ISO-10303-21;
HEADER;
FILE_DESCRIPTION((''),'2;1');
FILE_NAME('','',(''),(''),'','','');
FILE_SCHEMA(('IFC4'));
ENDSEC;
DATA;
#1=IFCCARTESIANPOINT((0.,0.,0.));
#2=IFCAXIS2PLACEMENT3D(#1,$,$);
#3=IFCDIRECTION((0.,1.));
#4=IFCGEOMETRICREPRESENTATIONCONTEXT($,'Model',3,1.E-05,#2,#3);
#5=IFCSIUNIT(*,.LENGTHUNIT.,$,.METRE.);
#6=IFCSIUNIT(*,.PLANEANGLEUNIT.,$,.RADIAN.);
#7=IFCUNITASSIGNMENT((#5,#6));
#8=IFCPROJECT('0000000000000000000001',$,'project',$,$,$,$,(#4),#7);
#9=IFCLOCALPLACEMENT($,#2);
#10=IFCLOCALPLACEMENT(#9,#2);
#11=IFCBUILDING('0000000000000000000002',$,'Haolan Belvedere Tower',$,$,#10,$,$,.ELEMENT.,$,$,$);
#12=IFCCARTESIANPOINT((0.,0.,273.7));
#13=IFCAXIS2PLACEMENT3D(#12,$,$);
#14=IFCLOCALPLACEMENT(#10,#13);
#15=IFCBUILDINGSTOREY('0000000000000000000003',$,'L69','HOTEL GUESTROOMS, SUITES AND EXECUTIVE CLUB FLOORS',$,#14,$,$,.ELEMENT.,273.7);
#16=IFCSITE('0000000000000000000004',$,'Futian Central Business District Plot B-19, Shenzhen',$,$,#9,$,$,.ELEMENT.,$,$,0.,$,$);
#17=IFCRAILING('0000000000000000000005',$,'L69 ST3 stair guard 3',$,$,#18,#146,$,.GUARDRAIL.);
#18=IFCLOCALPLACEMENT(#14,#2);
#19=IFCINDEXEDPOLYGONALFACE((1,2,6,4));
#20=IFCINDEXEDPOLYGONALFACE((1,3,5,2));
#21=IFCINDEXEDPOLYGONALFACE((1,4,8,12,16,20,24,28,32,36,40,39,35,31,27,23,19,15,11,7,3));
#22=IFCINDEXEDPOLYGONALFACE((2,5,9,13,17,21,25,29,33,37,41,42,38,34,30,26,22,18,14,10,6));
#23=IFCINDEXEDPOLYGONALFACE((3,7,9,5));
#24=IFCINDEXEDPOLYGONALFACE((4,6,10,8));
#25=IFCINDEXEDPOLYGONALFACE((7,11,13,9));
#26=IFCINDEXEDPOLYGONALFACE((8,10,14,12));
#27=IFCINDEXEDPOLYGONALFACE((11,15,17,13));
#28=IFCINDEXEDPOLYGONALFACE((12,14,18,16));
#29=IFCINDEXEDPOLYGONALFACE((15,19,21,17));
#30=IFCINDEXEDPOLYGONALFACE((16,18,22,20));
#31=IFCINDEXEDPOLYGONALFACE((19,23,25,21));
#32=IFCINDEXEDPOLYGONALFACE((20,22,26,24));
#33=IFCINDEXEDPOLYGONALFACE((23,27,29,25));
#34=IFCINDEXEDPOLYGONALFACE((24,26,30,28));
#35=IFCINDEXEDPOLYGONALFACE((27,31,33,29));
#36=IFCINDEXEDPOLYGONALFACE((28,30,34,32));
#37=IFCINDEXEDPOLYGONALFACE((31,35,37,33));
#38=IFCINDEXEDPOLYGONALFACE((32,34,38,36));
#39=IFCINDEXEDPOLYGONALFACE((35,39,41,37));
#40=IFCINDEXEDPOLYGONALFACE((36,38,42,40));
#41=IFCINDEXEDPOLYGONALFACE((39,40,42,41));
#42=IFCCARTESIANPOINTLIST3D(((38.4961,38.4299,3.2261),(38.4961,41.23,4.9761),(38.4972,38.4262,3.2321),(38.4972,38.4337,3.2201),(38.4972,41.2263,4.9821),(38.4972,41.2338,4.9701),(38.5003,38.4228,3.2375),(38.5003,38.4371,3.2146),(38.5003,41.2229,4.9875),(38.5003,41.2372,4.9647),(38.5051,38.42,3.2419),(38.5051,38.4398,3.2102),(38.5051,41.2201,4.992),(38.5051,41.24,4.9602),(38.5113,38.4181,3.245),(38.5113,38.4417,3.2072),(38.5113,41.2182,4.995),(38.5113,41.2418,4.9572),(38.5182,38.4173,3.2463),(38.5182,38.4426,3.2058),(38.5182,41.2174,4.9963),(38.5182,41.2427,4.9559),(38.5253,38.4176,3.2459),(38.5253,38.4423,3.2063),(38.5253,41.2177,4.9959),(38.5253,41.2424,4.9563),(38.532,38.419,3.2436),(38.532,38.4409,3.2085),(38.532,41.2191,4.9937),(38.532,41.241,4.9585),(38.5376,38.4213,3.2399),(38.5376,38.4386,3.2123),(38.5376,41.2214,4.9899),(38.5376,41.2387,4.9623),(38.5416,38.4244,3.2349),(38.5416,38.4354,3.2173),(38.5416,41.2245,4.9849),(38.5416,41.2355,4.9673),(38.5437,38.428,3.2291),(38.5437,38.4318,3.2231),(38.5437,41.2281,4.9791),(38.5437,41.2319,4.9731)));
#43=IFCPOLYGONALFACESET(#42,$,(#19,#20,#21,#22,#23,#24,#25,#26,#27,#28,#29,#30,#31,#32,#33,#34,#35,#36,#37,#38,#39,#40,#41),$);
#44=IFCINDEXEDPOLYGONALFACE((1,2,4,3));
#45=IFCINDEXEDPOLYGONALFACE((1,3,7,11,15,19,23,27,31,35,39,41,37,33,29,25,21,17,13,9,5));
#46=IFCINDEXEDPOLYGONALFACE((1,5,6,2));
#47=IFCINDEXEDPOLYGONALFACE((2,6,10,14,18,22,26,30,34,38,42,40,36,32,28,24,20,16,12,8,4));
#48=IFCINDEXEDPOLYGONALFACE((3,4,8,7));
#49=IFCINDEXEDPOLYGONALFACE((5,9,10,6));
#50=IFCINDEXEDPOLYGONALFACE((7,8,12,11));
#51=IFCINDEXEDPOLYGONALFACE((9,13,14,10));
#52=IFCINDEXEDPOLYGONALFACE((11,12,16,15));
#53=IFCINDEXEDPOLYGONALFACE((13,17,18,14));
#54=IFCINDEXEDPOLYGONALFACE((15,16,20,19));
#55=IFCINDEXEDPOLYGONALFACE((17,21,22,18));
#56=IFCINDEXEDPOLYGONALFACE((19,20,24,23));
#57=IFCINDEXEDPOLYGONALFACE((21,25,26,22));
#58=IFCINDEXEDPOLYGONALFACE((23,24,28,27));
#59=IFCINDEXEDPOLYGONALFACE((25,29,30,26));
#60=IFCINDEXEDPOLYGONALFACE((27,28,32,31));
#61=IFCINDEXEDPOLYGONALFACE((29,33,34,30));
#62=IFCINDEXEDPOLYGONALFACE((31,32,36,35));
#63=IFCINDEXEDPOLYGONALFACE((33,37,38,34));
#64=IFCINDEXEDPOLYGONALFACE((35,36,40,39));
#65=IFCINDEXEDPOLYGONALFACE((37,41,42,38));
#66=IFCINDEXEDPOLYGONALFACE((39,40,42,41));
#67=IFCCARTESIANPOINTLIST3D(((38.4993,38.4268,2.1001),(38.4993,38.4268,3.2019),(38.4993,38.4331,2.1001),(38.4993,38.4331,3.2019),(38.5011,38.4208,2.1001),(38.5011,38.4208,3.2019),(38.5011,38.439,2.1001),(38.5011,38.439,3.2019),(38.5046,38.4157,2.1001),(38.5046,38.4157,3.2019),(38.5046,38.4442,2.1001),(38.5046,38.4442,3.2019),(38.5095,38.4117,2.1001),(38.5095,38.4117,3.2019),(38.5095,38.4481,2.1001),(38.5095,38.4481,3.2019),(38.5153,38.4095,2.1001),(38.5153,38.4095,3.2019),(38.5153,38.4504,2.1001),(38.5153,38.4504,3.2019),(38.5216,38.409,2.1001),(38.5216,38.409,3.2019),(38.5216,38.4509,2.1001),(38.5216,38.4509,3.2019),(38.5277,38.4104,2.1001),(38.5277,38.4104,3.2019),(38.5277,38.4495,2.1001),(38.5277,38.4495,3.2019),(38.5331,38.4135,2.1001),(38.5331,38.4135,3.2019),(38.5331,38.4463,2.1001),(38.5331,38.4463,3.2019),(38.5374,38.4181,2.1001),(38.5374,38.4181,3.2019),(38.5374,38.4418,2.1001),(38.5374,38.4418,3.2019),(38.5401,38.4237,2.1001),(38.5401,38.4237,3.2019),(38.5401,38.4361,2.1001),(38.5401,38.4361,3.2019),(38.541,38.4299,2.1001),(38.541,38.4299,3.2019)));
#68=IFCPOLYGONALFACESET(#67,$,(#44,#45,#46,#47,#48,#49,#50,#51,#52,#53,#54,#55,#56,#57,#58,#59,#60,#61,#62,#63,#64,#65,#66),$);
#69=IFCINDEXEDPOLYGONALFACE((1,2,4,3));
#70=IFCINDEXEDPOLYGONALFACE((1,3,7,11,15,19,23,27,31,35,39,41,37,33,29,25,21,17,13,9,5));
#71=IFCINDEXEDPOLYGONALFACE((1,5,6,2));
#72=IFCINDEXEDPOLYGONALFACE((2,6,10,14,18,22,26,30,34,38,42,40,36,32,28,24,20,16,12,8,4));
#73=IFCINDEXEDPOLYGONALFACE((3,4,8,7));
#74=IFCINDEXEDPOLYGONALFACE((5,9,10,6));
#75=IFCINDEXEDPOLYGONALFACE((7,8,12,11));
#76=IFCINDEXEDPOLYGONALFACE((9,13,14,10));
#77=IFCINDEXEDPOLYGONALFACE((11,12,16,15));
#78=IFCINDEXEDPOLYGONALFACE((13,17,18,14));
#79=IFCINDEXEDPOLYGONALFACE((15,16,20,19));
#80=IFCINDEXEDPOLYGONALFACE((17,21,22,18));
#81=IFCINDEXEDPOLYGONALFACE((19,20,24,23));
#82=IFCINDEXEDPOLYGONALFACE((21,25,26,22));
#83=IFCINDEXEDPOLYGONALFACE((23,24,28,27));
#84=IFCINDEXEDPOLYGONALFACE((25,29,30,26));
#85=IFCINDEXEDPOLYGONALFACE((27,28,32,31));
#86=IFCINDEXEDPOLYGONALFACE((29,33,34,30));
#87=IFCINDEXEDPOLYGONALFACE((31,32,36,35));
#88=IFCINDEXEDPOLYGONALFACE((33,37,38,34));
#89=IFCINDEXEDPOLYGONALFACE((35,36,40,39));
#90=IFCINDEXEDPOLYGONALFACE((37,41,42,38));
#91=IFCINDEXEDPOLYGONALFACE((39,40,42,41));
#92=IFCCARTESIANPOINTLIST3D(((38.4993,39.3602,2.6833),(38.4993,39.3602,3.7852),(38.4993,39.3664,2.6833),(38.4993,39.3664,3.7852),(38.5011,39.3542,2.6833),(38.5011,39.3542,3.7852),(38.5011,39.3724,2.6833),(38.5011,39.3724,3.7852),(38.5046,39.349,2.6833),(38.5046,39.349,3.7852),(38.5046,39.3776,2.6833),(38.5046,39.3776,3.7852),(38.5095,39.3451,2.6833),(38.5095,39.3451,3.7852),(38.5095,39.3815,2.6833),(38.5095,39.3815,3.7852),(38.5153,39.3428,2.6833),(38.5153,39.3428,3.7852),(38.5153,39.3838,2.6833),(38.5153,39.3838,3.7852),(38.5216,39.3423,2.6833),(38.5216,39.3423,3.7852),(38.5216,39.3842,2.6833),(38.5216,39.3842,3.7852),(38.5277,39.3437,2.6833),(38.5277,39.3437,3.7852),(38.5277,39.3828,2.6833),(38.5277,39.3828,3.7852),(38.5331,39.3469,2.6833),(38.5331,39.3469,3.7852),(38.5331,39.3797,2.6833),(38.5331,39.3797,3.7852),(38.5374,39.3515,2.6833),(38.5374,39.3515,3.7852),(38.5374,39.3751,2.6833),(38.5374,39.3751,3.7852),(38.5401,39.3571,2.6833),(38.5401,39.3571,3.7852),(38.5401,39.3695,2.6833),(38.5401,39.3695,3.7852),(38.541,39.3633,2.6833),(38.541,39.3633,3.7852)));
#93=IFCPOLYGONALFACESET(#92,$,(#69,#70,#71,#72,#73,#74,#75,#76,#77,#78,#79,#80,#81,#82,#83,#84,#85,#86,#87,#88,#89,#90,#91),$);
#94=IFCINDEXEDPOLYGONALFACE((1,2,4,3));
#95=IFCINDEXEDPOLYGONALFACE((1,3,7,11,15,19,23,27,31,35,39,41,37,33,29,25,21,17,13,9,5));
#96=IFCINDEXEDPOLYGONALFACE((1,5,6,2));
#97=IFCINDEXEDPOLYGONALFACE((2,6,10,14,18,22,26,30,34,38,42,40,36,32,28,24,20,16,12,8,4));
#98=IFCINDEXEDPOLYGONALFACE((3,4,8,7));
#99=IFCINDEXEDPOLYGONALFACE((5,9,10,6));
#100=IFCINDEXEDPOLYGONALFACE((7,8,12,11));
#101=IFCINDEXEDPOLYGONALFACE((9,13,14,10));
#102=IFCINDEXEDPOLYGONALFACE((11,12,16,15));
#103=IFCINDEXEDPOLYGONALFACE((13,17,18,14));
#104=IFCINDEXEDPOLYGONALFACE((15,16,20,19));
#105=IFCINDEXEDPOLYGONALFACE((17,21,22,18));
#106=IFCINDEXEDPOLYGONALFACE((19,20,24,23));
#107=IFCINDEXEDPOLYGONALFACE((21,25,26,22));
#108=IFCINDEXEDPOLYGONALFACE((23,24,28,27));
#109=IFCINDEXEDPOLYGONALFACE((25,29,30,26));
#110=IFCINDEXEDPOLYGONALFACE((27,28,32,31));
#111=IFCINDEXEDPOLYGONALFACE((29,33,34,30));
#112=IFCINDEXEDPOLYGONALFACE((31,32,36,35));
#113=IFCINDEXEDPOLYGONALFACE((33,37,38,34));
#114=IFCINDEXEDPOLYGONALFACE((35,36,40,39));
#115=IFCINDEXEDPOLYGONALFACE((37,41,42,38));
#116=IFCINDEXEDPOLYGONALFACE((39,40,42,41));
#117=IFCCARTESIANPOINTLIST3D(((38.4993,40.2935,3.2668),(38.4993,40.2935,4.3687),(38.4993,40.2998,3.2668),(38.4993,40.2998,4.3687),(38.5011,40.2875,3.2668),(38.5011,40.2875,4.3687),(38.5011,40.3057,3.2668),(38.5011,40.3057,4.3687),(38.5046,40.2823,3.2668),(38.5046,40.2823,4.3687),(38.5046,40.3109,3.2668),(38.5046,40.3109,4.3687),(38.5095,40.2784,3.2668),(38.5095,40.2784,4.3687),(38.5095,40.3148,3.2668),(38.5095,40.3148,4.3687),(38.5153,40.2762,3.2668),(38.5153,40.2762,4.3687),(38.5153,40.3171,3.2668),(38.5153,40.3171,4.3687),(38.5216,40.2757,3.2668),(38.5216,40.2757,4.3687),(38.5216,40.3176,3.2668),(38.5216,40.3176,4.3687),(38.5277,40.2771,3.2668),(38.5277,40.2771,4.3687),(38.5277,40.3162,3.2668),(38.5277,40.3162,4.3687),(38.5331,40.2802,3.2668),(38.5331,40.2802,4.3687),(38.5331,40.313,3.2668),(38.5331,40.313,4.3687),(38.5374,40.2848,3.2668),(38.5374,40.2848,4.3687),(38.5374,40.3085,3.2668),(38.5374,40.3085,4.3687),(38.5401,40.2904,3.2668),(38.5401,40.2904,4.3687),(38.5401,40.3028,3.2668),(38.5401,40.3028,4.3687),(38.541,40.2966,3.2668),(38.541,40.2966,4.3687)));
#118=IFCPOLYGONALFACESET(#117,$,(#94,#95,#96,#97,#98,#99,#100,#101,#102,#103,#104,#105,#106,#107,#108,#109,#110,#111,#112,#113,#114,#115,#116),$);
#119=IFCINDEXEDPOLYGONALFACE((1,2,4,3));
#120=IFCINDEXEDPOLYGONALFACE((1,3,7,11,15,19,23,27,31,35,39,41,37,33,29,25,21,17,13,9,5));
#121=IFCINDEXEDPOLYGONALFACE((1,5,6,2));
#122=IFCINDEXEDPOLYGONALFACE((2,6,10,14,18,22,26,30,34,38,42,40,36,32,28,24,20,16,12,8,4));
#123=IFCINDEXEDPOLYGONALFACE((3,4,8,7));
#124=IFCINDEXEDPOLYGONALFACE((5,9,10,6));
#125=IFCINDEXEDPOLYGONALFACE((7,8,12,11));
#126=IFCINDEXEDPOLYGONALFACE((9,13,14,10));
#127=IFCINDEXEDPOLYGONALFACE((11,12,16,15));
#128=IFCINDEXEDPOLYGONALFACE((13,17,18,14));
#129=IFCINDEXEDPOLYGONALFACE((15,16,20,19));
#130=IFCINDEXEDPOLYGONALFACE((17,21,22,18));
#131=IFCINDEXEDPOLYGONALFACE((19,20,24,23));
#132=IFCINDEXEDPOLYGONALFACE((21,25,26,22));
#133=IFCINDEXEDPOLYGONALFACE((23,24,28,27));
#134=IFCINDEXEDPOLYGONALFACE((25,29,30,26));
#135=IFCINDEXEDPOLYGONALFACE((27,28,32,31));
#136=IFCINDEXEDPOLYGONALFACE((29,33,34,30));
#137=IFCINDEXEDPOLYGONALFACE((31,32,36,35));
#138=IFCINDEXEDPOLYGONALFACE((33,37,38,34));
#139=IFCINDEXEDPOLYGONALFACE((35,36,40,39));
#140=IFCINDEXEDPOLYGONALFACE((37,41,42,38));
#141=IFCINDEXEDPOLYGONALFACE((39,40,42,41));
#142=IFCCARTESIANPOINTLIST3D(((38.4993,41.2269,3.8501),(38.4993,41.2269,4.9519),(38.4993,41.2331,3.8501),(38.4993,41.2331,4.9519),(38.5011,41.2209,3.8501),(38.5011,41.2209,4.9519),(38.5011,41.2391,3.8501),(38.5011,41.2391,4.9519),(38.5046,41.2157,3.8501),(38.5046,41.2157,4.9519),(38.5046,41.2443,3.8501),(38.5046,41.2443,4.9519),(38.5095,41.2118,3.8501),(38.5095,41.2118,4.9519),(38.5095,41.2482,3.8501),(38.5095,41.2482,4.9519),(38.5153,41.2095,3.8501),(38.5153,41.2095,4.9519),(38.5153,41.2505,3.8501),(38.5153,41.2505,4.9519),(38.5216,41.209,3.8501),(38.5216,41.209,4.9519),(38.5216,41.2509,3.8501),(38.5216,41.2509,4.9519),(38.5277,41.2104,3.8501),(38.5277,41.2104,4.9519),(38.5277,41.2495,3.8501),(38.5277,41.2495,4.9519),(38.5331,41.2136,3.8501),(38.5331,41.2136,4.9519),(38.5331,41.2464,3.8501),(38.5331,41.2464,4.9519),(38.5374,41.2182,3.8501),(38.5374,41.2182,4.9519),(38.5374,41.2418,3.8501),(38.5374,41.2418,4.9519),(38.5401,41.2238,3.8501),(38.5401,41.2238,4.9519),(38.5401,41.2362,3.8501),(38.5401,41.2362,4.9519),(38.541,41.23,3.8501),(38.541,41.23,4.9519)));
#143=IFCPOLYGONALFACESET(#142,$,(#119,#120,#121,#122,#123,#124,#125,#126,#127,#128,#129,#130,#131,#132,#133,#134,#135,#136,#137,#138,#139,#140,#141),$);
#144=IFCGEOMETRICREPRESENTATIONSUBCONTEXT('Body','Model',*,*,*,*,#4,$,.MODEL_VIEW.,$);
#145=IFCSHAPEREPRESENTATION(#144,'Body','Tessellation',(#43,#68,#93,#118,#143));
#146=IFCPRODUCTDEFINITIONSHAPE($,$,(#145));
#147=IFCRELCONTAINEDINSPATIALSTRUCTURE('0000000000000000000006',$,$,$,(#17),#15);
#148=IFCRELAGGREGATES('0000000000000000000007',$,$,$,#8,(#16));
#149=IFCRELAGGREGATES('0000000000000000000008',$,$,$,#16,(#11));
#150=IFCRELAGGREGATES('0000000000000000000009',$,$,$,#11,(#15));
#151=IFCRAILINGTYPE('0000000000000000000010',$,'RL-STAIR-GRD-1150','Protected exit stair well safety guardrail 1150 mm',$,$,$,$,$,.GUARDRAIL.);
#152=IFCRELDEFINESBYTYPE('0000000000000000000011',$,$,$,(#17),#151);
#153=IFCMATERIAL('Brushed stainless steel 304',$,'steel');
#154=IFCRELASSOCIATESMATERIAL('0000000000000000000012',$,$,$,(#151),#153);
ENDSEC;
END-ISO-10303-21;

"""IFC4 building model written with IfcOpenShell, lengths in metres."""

from ifc_helpers import new_model, si_unit, direction, frame, origin, origin_2d, place, context, subcontext, project, spatial, circle, extrude, material, type_object, element, save


model = new_model("IFC4")

# Units and contexts
model_context = context("Model", 3, precision=1e-05, world=origin(), true_north=direction((0.0, 1.0)))
body_context = subcontext(model_context, "Body", "Model", "MODEL_VIEW")
ifc_project = project(units=[si_unit("LENGTHUNIT", "METRE"), si_unit("PLANEANGLEUNIT", "RADIAN")], contexts=[model_context])

# Site, building, storey
site_placement = place(None, origin())
site = spatial("IfcSite", under=ifc_project, at=site_placement, Name="Futian Central Business District Plot B-19, Shenzhen", CompositionType="ELEMENT", RefElevation=0.0)
building_placement = place(site_placement, origin())
building = spatial("IfcBuilding", under=site, at=building_placement, Name="Haolan Belvedere Tower", CompositionType="ELEMENT")
storey_placement = place(building_placement, frame((0.0, 0.0, 273.7)))
storey = spatial("IfcBuildingStorey", under=building, at=storey_placement, Name="L69", Description="HOTEL GUESTROOMS, SUITES AND EXECUTIVE CLUB FLOORS", CompositionType="ELEMENT", Elevation=273.7)

# Railing
ifc_material_1 = material(Name="Brushed stainless steel 304", Category="steel")
railing_type_1 = type_object("IfcRailingType", Name="RL-STAIR-GRD-1150", Description="Protected exit stair well safety guardrail 1150 mm", PredefinedType="GUARDRAIL", material=ifc_material_1)
railing_1_placement = place(storey_placement, frame((38.52, 38.4299, 2.1001)))
element("IfcRailing", 1, at=railing_1_placement, inside=storey, type_object=railing_type_1, Name="L69 ST3 stair guard 3", PredefinedType="GUARDRAIL", context=body_context, shape_type="SweptSolid", body=[
    extrude(circle(Radius=0.0239, at=origin_2d()), frame((0.0, 0.0, 1.126), z_axis=(0.0, 0.848002, 0.529992), x_axis=(-1.0, 0.0, 0.0)), (0.0, 0.0, 1.0), 3.302),
    extrude(circle(Radius=0.021, at=origin_2d()), origin(), (0.0, 0.0, 1.0), 1.1018),
    extrude(circle(Radius=0.021, at=origin_2d()), frame((0.0, 0.9333, 0.5833)), (0.0, 0.0, 1.0), 1.1018),
    extrude(circle(Radius=0.021, at=origin_2d()), frame((0.0, 1.8667, 1.1667)), (0.0, 0.0, 1.0), 1.1018),
    extrude(circle(Radius=0.021, at=origin_2d()), frame((0.0, 2.8, 1.75)), (0.0, 0.0, 1.0), 1.1018),
])

save(model, "model.ifc")
